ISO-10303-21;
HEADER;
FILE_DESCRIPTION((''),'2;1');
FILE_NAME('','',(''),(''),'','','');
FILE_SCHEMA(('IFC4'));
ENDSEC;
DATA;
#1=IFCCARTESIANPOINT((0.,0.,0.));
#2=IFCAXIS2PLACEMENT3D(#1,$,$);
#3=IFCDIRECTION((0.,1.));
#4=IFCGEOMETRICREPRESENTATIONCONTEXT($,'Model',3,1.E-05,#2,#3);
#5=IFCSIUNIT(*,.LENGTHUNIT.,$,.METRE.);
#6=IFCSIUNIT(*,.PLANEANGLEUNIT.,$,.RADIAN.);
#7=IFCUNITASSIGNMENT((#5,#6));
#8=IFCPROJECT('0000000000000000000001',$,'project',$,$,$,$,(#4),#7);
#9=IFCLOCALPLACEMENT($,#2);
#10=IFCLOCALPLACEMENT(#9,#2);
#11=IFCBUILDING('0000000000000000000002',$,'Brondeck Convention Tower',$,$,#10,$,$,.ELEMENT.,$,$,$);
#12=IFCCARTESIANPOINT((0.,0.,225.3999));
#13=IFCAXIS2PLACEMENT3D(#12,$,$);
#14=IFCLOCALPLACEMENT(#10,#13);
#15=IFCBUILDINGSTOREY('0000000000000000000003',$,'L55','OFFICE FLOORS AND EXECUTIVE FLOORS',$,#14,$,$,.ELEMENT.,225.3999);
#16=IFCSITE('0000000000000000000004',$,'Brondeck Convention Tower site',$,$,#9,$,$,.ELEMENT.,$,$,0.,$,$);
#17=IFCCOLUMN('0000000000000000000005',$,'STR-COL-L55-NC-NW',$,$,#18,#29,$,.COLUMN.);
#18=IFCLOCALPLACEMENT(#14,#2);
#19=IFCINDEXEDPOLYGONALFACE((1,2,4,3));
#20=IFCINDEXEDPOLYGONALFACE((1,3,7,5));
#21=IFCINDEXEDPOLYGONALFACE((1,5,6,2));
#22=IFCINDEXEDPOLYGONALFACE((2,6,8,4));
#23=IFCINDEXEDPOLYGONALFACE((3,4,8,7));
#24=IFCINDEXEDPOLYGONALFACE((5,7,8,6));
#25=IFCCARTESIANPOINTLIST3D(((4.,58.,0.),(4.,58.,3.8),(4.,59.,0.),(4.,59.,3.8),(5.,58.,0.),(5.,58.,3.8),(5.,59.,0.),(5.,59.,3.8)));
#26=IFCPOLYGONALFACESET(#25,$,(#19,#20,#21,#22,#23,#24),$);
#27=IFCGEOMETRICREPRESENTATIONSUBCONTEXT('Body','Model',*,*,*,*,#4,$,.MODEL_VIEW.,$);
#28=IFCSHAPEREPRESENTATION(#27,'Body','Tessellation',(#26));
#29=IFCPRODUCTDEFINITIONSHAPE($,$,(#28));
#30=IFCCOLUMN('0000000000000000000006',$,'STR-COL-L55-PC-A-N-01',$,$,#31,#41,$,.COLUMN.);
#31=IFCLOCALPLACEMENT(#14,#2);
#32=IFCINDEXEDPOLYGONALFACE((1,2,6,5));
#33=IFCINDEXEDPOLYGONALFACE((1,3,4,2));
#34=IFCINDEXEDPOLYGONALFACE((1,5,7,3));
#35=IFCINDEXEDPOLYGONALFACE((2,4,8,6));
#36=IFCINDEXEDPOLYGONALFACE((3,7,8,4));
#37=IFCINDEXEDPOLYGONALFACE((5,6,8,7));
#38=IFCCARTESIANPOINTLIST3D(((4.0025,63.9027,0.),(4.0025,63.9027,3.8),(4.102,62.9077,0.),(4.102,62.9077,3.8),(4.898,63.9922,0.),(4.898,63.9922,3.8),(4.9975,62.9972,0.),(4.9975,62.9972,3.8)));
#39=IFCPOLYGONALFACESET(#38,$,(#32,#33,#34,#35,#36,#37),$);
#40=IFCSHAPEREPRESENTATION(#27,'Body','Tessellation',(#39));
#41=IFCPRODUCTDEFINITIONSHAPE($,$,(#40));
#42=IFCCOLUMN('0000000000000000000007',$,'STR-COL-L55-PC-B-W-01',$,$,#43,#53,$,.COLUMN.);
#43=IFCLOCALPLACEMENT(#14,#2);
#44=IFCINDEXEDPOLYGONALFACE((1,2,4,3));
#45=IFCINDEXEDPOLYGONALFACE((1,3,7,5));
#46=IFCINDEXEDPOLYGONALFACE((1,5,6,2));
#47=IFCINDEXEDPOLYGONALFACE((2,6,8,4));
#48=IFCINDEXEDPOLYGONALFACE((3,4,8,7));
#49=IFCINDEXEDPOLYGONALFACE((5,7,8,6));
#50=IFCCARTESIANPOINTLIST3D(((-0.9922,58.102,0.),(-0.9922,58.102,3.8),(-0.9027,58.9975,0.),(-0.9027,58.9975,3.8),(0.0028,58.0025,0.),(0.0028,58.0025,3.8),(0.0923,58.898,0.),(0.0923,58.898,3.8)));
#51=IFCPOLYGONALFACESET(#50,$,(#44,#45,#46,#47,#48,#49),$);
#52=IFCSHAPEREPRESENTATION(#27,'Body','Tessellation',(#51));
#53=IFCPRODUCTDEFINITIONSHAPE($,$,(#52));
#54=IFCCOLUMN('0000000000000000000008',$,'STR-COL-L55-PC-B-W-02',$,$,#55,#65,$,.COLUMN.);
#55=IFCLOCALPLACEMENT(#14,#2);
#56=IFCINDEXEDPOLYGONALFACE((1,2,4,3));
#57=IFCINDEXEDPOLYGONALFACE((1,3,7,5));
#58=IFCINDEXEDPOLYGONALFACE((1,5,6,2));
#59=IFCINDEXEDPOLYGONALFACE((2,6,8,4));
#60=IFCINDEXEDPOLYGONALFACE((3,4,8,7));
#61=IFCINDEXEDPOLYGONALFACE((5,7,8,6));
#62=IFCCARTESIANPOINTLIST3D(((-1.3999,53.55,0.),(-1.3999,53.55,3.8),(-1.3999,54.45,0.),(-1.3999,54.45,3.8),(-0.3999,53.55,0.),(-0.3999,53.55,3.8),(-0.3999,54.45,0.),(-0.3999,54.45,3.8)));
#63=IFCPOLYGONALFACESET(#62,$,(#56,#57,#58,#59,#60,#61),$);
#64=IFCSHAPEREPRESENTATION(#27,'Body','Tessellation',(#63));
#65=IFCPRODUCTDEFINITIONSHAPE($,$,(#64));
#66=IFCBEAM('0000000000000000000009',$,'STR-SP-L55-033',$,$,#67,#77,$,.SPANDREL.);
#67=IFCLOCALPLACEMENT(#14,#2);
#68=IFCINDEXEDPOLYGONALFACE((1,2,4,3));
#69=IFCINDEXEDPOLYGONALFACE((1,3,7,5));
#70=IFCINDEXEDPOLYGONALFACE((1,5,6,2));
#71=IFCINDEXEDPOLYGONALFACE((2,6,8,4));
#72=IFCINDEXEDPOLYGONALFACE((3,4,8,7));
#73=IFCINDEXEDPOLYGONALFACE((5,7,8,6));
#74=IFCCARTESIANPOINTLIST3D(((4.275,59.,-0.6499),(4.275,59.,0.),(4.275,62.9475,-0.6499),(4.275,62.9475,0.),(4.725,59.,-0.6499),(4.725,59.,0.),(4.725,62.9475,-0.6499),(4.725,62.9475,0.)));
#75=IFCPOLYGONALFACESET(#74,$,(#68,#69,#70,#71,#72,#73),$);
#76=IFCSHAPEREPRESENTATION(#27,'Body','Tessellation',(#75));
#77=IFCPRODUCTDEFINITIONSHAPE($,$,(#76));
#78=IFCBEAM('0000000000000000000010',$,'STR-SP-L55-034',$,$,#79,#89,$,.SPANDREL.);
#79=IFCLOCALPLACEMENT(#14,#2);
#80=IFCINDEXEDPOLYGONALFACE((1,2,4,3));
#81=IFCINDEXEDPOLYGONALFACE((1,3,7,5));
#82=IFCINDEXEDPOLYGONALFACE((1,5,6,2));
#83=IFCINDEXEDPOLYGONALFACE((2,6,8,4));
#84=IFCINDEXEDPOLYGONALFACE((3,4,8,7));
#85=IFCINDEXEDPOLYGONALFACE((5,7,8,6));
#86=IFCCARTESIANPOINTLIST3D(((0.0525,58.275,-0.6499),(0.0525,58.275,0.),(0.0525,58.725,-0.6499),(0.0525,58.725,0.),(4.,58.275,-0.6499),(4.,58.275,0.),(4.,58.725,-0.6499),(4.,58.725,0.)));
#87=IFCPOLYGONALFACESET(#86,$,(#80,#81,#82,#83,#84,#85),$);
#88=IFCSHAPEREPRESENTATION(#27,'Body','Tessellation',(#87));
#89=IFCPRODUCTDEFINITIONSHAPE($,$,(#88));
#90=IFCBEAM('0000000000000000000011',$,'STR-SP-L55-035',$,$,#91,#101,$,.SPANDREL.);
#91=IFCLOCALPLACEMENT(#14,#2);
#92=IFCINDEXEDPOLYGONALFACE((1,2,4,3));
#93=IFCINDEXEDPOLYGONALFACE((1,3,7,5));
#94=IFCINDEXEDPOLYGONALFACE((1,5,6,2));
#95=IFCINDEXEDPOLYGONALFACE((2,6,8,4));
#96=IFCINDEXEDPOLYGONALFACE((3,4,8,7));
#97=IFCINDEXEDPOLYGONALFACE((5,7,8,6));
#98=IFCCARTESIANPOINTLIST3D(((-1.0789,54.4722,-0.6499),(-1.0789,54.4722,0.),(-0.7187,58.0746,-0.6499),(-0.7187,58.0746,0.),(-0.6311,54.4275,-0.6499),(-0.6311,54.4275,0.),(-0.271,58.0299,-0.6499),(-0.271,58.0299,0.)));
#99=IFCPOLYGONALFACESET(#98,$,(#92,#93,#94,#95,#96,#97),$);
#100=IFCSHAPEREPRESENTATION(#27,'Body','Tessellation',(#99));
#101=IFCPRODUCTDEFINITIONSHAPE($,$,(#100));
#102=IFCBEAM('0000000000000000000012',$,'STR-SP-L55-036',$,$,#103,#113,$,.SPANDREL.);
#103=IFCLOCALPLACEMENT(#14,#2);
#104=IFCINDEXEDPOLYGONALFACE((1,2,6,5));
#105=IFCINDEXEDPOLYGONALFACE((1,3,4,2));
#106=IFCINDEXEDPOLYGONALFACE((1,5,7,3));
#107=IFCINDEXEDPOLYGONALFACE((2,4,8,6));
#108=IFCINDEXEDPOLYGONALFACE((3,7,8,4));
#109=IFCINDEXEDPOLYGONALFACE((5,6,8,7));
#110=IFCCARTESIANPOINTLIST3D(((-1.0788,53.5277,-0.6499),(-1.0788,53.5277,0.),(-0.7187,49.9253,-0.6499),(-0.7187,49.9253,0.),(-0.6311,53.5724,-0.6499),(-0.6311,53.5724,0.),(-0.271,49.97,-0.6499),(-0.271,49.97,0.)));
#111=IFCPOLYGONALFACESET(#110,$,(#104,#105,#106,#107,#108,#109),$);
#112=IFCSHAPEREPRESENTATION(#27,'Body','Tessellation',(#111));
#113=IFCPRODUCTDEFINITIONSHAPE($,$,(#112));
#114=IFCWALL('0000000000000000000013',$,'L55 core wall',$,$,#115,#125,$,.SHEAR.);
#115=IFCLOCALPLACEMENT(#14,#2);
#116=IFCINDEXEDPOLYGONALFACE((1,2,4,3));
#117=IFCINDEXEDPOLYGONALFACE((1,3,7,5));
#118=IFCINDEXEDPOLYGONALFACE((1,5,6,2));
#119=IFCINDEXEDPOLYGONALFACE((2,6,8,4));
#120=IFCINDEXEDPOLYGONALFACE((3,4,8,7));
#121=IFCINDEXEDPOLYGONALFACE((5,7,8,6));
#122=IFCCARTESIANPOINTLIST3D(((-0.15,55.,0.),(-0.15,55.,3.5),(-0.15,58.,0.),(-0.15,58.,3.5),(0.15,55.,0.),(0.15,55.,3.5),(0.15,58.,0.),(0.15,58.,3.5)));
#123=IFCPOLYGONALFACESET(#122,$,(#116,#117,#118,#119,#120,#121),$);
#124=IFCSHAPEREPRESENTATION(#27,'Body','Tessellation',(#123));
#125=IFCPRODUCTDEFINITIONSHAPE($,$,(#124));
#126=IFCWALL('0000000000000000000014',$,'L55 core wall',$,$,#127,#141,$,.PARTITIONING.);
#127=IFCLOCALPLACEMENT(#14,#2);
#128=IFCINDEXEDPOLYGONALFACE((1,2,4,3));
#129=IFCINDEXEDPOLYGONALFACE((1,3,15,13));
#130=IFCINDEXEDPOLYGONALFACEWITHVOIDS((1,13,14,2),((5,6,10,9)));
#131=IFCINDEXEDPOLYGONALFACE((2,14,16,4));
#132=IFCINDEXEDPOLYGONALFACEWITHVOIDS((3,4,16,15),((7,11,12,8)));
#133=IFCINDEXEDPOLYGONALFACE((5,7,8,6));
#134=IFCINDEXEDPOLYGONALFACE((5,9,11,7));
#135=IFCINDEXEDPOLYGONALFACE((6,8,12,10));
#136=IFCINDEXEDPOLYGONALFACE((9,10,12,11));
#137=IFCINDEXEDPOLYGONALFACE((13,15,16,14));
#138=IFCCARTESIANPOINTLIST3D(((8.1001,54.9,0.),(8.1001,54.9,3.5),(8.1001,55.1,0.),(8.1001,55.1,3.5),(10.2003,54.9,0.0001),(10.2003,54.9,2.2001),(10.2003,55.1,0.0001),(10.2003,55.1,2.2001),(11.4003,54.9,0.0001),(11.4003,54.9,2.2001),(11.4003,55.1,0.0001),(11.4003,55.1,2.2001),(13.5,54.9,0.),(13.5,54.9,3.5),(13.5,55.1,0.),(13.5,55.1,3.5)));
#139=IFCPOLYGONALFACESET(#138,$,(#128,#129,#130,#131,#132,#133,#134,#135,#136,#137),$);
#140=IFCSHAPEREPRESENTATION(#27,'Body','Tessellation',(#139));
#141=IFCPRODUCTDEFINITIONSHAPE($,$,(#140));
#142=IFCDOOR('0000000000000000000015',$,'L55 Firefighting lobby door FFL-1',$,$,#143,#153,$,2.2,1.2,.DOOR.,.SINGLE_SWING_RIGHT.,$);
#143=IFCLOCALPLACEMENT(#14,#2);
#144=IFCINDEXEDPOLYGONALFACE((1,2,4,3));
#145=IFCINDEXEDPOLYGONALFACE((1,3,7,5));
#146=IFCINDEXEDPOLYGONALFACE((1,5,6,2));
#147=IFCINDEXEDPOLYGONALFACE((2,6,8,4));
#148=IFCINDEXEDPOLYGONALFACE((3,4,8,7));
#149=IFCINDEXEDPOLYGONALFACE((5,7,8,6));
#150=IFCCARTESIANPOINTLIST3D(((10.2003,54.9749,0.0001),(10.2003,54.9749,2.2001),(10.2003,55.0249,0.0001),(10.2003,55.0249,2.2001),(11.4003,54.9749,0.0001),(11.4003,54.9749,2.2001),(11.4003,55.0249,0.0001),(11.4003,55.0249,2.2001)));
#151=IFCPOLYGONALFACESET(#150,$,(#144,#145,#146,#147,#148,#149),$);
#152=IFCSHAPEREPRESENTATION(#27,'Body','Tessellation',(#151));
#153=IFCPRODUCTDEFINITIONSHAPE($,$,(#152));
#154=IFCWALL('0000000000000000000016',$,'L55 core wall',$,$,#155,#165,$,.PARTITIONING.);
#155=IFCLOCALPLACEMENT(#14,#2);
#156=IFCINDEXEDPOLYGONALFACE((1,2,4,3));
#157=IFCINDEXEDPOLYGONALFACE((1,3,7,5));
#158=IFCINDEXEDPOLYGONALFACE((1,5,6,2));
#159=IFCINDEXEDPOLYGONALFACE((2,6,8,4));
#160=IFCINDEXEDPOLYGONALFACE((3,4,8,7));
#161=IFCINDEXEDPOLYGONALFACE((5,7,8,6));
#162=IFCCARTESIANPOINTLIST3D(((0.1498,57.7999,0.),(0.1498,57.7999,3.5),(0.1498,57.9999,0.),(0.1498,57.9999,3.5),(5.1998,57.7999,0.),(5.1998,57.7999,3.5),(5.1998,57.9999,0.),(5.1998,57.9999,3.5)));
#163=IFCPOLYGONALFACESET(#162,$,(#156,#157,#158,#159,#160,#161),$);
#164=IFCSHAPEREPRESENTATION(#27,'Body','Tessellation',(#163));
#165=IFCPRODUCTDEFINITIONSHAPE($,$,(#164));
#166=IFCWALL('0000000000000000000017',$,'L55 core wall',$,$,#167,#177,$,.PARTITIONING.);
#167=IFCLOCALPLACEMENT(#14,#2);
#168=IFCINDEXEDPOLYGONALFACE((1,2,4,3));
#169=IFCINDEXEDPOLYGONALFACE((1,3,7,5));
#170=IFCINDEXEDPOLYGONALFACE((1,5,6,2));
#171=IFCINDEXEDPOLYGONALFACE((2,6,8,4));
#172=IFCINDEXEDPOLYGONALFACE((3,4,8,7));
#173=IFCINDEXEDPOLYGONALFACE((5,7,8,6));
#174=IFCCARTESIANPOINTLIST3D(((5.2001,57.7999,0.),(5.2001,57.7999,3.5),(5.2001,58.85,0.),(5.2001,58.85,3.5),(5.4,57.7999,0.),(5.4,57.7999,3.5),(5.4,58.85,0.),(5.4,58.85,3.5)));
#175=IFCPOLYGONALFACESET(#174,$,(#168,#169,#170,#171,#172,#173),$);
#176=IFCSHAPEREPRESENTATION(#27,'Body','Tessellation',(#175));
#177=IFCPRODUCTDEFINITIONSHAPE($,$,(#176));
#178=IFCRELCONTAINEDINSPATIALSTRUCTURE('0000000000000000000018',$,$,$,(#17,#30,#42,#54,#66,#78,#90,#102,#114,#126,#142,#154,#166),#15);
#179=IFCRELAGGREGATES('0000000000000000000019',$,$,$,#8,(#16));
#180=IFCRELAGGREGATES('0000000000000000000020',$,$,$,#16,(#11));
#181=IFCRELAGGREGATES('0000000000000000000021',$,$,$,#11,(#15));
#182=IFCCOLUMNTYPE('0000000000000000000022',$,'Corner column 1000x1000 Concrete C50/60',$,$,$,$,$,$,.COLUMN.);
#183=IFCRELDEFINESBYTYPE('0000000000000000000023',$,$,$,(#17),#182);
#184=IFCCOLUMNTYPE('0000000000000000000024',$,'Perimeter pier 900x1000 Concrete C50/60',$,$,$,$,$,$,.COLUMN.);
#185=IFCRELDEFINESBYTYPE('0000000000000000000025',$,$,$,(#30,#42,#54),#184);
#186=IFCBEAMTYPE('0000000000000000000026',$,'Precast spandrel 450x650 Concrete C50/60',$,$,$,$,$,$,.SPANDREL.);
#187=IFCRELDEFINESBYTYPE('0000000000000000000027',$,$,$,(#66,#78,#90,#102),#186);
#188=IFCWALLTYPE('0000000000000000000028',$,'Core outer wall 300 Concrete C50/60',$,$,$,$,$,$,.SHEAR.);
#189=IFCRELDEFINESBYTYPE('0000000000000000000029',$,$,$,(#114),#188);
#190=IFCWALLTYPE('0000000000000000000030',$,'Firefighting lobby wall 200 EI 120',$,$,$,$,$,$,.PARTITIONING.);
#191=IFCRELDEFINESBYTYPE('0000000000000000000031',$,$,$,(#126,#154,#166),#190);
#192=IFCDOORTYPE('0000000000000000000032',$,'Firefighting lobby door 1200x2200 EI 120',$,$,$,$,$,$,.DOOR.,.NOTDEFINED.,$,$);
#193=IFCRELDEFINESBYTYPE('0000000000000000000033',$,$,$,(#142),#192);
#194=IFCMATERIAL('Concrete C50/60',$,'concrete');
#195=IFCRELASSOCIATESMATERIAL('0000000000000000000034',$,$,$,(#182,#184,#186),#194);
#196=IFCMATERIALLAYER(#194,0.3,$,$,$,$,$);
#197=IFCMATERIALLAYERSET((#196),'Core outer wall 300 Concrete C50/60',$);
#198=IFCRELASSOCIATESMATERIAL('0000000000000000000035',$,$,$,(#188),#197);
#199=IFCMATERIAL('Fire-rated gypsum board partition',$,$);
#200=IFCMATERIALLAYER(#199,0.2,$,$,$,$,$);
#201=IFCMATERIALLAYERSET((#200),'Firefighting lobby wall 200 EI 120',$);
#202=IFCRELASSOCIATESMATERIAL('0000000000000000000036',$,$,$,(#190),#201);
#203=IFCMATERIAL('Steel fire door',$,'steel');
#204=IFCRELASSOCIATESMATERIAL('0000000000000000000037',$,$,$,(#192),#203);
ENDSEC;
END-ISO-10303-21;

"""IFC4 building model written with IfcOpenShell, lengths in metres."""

from ifc_helpers import new_model, si_unit, direction, frame, frame_2d, origin, origin_2d, place, context, subcontext, project, spatial, rectangle, extrude, material, layer, layer_set, material_profile, profile_set, type_object, element, fill, save


model = new_model("IFC4")

# Units and contexts
model_context = context("Model", 3, precision=1e-05, world=origin(), true_north=direction((0.0, 1.0)))
body_context = subcontext(model_context, "Body", "Model", "MODEL_VIEW")
ifc_project = project(units=[si_unit("LENGTHUNIT", "METRE"), si_unit("PLANEANGLEUNIT", "RADIAN")], contexts=[model_context])

# Site, building, storey
site_placement = place(None, origin())
site = spatial("IfcSite", under=ifc_project, at=site_placement, Name="Brondeck Convention Tower site", CompositionType="ELEMENT", RefElevation=0.0)
building_placement = place(site_placement, origin())
building = spatial("IfcBuilding", under=site, at=building_placement, Name="Brondeck Convention Tower", CompositionType="ELEMENT")
storey_placement = place(building_placement, frame((0.0, 0.0, 225.3999)))
storey = spatial("IfcBuildingStorey", under=building, at=storey_placement, Name="L55", Description="OFFICE FLOORS AND EXECUTIVE FLOORS", CompositionType="ELEMENT", Elevation=225.3999)

# Columns
ifc_material_1 = material(Name="Concrete C50/60", Category="concrete")
ifc_material_profile_1 = material_profile(ifc_material_1, rectangle(XDim=1.0, YDim=1.0, at=origin_2d()), Name="Corner column 1000x1000 Concrete C50/60")
ifc_profile_set_1 = profile_set([ifc_material_profile_1], Name="Concrete C50/60")
column_type_1 = type_object("IfcColumnType", Name="Corner column 1000x1000 Concrete C50/60", PredefinedType="COLUMN", material=ifc_profile_set_1)
column_placement = place(storey_placement, frame((4.5, 58.5, 0.0), z_axis=(0.0, 0.0, 1.0), x_axis=(1.0, 0.0, 0.0)))
element("IfcColumn", 1, at=column_placement, inside=storey, type_object=column_type_1, Name="STR-COL-L55-NC-NW", PredefinedType="COLUMN", context=body_context, shape_type="SweptSolid", body=[
    extrude(rectangle(XDim=1.0, YDim=1.0, at=origin_2d()), origin(), (0.0, 0.0, 1.0), 3.8),
])
ifc_material_profile_2 = material_profile(ifc_material_1, rectangle(XDim=0.8999, YDim=1.0, at=origin_2d()), Name="Perimeter pier 900x1000 Concrete C50/60")
ifc_profile_set_2 = profile_set([ifc_material_profile_2], Name="Concrete C50/60")
column_type_2 = type_object("IfcColumnType", Name="Perimeter pier 900x1000 Concrete C50/60", PredefinedType="COLUMN", material=ifc_profile_set_2)
for number, where, z_axis, x_axis, name in (
    (2, (4.5, 63.45, 0.0), (0.0, 0.0, 1.0), (-0.995037, -0.099504, 0.0), "STR-COL-L55-PC-A-N-01"),
    (3, (-0.45, 58.5, 0.0), (0.0, 0.0, 1.0), (-0.099504, -0.995037, 0.0), "STR-COL-L55-PC-B-W-01"),
    (4, (-0.8999, 54.0, 0.0), (0.0, 0.0, 1.0), (0.0, -1.0, 0.0), "STR-COL-L55-PC-B-W-02"),
):
    element("IfcColumn", number, at=place(storey_placement, frame(where, z_axis=z_axis, x_axis=x_axis)), inside=storey, type_object=column_type_2, Name=name, PredefinedType="COLUMN", context=body_context, shape_type="SweptSolid", body=[
        extrude(rectangle(XDim=0.8999, YDim=1.0, at=origin_2d()), origin(), (0.0, 0.0, 1.0), 3.8),
    ])

# Beams
ifc_material_profile_3 = material_profile(ifc_material_1, rectangle(XDim=0.45, YDim=0.6499, at=origin_2d()), Name="Precast spandrel 450x650 Concrete C50/60")
ifc_profile_set_3 = profile_set([ifc_material_profile_3], Name="Concrete C50/60")
beam_type = type_object("IfcBeamType", Name="Precast spandrel 450x650 Concrete C50/60", PredefinedType="SPANDREL", material=ifc_profile_set_3)
for number, where, z_axis, x_axis, name in (
    (5, (4.5, 62.9475, -0.325), (0.0, -1.0, 0.0), (1.0, 0.0, 0.0), "STR-SP-L55-033"),
    (6, (4.0, 58.5, -0.325), (-1.0, 0.0, 0.0), (0.0, -1.0, 0.0), "STR-SP-L55-034"),
):
    element("IfcBeam", number, at=place(storey_placement, frame(where, z_axis=z_axis, x_axis=x_axis)), inside=storey, type_object=beam_type, Name=name, PredefinedType="SPANDREL", context=body_context, shape_type="SweptSolid", body=[
        extrude(rectangle(XDim=0.45, YDim=0.6499, at=origin_2d()), origin(), (0.0, 0.0, 1.0), 3.9475),
    ])
for number, where, z_axis, x_axis, name in (
    (7, (-0.4949, 58.0522, -0.325), (-0.09947, -0.995041, 0.0), (0.995041, -0.09947, 0.0), "STR-SP-L55-035"),
    (8, (-0.855, 53.55, -0.325), (0.09947, -0.995041, 0.0), (0.995041, 0.09947, 0.0), "STR-SP-L55-036"),
):
    element("IfcBeam", number, at=place(storey_placement, frame(where, z_axis=z_axis, x_axis=x_axis)), inside=storey, type_object=beam_type, Name=name, PredefinedType="SPANDREL", context=body_context, shape_type="SweptSolid", body=[
        extrude(rectangle(XDim=0.45, YDim=0.6499, at=origin_2d()), origin(), (0.0, 0.0, 1.0), 3.6204),
    ])

# Wall
ifc_layer_1 = layer(ifc_material_1, 0.3)
ifc_layer_set_1 = layer_set([ifc_layer_1], Name="Core outer wall 300 Concrete C50/60")
wall_type_1 = type_object("IfcWallType", Name="Core outer wall 300 Concrete C50/60", PredefinedType="SHEAR", material=ifc_layer_set_1)
wall_1_placement = place(storey_placement, frame((0.0, 55.0, 0.0), z_axis=(0.0, 0.0, 1.0), x_axis=(0.0, 1.0, 0.0)))
element("IfcWall", 9, at=wall_1_placement, inside=storey, type_object=wall_type_1, Name="L55 core wall", PredefinedType="SHEAR", context=body_context, shape_type="SweptSolid", body=[
    extrude(rectangle(XDim=3.0, YDim=0.3, at=frame_2d((1.5, 0.0))), origin(), (0.0, 0.0, 1.0), 3.5),
])

# Wall, opening, door
ifc_material_2 = material(Name="Fire-rated gypsum board partition")
ifc_layer_2 = layer(ifc_material_2, 0.2)
ifc_layer_set_2 = layer_set([ifc_layer_2], Name="Firefighting lobby wall 200 EI 120")
wall_type_2 = type_object("IfcWallType", Name="Firefighting lobby wall 200 EI 120", PredefinedType="PARTITIONING", material=ifc_layer_set_2)
wall_2_placement = place(storey_placement, frame((8.1001, 55.0, 0.0), z_axis=(0.0, 0.0, 1.0), x_axis=(1.0, 0.0, 0.0)))
wall_2 = element("IfcWall", 10, at=wall_2_placement, inside=storey, type_object=wall_type_2, Name="L55 core wall", PredefinedType="PARTITIONING", context=body_context, shape_type="SweptSolid", body=[
    extrude(rectangle(XDim=5.3999, YDim=0.2, at=frame_2d((2.7, 0.0))), origin(), (0.0, 0.0, 1.0), 3.5),
])
opening_1_placement = place(wall_2_placement, frame((2.1001, 0.0, 0.0)))
opening_1 = element("IfcOpeningElement", 11, at=opening_1_placement, cuts=wall_2, PredefinedType="OPENING", context=body_context, shape_type="SweptSolid", body=[
    extrude(rectangle(XDim=1.2, YDim=2.2, at=frame_2d((0.6001, 1.1001))), frame((0.0, 0.1099, 0.0), z_axis=(0.0, -1.0, 0.0), x_axis=(1.0, 0.0, 0.0)), (0.0, 0.0, 1.0), 0.22),
])
ifc_material_3 = material(Name="Steel fire door", Category="steel")
door_type_1 = type_object("IfcDoorType", Name="Firefighting lobby door 1200x2200 EI 120", OperationType="NOTDEFINED", PredefinedType="DOOR", material=ifc_material_3)
door_1_placement = place(opening_1_placement, origin())
door_1 = element("IfcDoor", 12, at=door_1_placement, inside=storey, type_object=door_type_1, Name="L55 Firefighting lobby door FFL-1", OperationType="SINGLE_SWING_RIGHT", OverallHeight=2.2, OverallWidth=1.2, PredefinedType="DOOR", context=body_context, shape_type="SweptSolid", body=[
    extrude(rectangle(XDim=1.2, YDim=2.2, at=frame_2d((0.6001, 1.1001))), frame((0.0, 0.0249, 0.0), z_axis=(0.0, -1.0, 0.0), x_axis=(1.0, 0.0, 0.0)), (0.0, 0.0, 1.0), 0.05),
])
fill(opening_1, door_1)

# Walls
wall_3_placement = place(storey_placement, frame((0.1499, 57.8999, 0.0), z_axis=(0.0, 0.0, 1.0), x_axis=(1.0, 0.0, 0.0)))
element("IfcWall", 13, at=wall_3_placement, inside=storey, type_object=wall_type_2, Name="L55 core wall", PredefinedType="PARTITIONING", context=body_context, shape_type="SweptSolid", body=[
    extrude(rectangle(XDim=5.05, YDim=0.2, at=frame_2d((2.5249, 0.0))), origin(), (0.0, 0.0, 1.0), 3.5),
])
wall_4_placement = place(storey_placement, frame((5.3, 57.8, 0.0), z_axis=(0.0, 0.0, 1.0), x_axis=(0.0, 1.0, 0.0)))
element("IfcWall", 14, at=wall_4_placement, inside=storey, type_object=wall_type_2, Name="L55 core wall", PredefinedType="PARTITIONING", context=body_context, shape_type="SweptSolid", body=[
    extrude(rectangle(XDim=1.05, YDim=0.2, at=frame_2d((0.5249, 0.0))), origin(), (0.0, 0.0, 1.0), 3.5),
])

save(model, "model.ifc")
